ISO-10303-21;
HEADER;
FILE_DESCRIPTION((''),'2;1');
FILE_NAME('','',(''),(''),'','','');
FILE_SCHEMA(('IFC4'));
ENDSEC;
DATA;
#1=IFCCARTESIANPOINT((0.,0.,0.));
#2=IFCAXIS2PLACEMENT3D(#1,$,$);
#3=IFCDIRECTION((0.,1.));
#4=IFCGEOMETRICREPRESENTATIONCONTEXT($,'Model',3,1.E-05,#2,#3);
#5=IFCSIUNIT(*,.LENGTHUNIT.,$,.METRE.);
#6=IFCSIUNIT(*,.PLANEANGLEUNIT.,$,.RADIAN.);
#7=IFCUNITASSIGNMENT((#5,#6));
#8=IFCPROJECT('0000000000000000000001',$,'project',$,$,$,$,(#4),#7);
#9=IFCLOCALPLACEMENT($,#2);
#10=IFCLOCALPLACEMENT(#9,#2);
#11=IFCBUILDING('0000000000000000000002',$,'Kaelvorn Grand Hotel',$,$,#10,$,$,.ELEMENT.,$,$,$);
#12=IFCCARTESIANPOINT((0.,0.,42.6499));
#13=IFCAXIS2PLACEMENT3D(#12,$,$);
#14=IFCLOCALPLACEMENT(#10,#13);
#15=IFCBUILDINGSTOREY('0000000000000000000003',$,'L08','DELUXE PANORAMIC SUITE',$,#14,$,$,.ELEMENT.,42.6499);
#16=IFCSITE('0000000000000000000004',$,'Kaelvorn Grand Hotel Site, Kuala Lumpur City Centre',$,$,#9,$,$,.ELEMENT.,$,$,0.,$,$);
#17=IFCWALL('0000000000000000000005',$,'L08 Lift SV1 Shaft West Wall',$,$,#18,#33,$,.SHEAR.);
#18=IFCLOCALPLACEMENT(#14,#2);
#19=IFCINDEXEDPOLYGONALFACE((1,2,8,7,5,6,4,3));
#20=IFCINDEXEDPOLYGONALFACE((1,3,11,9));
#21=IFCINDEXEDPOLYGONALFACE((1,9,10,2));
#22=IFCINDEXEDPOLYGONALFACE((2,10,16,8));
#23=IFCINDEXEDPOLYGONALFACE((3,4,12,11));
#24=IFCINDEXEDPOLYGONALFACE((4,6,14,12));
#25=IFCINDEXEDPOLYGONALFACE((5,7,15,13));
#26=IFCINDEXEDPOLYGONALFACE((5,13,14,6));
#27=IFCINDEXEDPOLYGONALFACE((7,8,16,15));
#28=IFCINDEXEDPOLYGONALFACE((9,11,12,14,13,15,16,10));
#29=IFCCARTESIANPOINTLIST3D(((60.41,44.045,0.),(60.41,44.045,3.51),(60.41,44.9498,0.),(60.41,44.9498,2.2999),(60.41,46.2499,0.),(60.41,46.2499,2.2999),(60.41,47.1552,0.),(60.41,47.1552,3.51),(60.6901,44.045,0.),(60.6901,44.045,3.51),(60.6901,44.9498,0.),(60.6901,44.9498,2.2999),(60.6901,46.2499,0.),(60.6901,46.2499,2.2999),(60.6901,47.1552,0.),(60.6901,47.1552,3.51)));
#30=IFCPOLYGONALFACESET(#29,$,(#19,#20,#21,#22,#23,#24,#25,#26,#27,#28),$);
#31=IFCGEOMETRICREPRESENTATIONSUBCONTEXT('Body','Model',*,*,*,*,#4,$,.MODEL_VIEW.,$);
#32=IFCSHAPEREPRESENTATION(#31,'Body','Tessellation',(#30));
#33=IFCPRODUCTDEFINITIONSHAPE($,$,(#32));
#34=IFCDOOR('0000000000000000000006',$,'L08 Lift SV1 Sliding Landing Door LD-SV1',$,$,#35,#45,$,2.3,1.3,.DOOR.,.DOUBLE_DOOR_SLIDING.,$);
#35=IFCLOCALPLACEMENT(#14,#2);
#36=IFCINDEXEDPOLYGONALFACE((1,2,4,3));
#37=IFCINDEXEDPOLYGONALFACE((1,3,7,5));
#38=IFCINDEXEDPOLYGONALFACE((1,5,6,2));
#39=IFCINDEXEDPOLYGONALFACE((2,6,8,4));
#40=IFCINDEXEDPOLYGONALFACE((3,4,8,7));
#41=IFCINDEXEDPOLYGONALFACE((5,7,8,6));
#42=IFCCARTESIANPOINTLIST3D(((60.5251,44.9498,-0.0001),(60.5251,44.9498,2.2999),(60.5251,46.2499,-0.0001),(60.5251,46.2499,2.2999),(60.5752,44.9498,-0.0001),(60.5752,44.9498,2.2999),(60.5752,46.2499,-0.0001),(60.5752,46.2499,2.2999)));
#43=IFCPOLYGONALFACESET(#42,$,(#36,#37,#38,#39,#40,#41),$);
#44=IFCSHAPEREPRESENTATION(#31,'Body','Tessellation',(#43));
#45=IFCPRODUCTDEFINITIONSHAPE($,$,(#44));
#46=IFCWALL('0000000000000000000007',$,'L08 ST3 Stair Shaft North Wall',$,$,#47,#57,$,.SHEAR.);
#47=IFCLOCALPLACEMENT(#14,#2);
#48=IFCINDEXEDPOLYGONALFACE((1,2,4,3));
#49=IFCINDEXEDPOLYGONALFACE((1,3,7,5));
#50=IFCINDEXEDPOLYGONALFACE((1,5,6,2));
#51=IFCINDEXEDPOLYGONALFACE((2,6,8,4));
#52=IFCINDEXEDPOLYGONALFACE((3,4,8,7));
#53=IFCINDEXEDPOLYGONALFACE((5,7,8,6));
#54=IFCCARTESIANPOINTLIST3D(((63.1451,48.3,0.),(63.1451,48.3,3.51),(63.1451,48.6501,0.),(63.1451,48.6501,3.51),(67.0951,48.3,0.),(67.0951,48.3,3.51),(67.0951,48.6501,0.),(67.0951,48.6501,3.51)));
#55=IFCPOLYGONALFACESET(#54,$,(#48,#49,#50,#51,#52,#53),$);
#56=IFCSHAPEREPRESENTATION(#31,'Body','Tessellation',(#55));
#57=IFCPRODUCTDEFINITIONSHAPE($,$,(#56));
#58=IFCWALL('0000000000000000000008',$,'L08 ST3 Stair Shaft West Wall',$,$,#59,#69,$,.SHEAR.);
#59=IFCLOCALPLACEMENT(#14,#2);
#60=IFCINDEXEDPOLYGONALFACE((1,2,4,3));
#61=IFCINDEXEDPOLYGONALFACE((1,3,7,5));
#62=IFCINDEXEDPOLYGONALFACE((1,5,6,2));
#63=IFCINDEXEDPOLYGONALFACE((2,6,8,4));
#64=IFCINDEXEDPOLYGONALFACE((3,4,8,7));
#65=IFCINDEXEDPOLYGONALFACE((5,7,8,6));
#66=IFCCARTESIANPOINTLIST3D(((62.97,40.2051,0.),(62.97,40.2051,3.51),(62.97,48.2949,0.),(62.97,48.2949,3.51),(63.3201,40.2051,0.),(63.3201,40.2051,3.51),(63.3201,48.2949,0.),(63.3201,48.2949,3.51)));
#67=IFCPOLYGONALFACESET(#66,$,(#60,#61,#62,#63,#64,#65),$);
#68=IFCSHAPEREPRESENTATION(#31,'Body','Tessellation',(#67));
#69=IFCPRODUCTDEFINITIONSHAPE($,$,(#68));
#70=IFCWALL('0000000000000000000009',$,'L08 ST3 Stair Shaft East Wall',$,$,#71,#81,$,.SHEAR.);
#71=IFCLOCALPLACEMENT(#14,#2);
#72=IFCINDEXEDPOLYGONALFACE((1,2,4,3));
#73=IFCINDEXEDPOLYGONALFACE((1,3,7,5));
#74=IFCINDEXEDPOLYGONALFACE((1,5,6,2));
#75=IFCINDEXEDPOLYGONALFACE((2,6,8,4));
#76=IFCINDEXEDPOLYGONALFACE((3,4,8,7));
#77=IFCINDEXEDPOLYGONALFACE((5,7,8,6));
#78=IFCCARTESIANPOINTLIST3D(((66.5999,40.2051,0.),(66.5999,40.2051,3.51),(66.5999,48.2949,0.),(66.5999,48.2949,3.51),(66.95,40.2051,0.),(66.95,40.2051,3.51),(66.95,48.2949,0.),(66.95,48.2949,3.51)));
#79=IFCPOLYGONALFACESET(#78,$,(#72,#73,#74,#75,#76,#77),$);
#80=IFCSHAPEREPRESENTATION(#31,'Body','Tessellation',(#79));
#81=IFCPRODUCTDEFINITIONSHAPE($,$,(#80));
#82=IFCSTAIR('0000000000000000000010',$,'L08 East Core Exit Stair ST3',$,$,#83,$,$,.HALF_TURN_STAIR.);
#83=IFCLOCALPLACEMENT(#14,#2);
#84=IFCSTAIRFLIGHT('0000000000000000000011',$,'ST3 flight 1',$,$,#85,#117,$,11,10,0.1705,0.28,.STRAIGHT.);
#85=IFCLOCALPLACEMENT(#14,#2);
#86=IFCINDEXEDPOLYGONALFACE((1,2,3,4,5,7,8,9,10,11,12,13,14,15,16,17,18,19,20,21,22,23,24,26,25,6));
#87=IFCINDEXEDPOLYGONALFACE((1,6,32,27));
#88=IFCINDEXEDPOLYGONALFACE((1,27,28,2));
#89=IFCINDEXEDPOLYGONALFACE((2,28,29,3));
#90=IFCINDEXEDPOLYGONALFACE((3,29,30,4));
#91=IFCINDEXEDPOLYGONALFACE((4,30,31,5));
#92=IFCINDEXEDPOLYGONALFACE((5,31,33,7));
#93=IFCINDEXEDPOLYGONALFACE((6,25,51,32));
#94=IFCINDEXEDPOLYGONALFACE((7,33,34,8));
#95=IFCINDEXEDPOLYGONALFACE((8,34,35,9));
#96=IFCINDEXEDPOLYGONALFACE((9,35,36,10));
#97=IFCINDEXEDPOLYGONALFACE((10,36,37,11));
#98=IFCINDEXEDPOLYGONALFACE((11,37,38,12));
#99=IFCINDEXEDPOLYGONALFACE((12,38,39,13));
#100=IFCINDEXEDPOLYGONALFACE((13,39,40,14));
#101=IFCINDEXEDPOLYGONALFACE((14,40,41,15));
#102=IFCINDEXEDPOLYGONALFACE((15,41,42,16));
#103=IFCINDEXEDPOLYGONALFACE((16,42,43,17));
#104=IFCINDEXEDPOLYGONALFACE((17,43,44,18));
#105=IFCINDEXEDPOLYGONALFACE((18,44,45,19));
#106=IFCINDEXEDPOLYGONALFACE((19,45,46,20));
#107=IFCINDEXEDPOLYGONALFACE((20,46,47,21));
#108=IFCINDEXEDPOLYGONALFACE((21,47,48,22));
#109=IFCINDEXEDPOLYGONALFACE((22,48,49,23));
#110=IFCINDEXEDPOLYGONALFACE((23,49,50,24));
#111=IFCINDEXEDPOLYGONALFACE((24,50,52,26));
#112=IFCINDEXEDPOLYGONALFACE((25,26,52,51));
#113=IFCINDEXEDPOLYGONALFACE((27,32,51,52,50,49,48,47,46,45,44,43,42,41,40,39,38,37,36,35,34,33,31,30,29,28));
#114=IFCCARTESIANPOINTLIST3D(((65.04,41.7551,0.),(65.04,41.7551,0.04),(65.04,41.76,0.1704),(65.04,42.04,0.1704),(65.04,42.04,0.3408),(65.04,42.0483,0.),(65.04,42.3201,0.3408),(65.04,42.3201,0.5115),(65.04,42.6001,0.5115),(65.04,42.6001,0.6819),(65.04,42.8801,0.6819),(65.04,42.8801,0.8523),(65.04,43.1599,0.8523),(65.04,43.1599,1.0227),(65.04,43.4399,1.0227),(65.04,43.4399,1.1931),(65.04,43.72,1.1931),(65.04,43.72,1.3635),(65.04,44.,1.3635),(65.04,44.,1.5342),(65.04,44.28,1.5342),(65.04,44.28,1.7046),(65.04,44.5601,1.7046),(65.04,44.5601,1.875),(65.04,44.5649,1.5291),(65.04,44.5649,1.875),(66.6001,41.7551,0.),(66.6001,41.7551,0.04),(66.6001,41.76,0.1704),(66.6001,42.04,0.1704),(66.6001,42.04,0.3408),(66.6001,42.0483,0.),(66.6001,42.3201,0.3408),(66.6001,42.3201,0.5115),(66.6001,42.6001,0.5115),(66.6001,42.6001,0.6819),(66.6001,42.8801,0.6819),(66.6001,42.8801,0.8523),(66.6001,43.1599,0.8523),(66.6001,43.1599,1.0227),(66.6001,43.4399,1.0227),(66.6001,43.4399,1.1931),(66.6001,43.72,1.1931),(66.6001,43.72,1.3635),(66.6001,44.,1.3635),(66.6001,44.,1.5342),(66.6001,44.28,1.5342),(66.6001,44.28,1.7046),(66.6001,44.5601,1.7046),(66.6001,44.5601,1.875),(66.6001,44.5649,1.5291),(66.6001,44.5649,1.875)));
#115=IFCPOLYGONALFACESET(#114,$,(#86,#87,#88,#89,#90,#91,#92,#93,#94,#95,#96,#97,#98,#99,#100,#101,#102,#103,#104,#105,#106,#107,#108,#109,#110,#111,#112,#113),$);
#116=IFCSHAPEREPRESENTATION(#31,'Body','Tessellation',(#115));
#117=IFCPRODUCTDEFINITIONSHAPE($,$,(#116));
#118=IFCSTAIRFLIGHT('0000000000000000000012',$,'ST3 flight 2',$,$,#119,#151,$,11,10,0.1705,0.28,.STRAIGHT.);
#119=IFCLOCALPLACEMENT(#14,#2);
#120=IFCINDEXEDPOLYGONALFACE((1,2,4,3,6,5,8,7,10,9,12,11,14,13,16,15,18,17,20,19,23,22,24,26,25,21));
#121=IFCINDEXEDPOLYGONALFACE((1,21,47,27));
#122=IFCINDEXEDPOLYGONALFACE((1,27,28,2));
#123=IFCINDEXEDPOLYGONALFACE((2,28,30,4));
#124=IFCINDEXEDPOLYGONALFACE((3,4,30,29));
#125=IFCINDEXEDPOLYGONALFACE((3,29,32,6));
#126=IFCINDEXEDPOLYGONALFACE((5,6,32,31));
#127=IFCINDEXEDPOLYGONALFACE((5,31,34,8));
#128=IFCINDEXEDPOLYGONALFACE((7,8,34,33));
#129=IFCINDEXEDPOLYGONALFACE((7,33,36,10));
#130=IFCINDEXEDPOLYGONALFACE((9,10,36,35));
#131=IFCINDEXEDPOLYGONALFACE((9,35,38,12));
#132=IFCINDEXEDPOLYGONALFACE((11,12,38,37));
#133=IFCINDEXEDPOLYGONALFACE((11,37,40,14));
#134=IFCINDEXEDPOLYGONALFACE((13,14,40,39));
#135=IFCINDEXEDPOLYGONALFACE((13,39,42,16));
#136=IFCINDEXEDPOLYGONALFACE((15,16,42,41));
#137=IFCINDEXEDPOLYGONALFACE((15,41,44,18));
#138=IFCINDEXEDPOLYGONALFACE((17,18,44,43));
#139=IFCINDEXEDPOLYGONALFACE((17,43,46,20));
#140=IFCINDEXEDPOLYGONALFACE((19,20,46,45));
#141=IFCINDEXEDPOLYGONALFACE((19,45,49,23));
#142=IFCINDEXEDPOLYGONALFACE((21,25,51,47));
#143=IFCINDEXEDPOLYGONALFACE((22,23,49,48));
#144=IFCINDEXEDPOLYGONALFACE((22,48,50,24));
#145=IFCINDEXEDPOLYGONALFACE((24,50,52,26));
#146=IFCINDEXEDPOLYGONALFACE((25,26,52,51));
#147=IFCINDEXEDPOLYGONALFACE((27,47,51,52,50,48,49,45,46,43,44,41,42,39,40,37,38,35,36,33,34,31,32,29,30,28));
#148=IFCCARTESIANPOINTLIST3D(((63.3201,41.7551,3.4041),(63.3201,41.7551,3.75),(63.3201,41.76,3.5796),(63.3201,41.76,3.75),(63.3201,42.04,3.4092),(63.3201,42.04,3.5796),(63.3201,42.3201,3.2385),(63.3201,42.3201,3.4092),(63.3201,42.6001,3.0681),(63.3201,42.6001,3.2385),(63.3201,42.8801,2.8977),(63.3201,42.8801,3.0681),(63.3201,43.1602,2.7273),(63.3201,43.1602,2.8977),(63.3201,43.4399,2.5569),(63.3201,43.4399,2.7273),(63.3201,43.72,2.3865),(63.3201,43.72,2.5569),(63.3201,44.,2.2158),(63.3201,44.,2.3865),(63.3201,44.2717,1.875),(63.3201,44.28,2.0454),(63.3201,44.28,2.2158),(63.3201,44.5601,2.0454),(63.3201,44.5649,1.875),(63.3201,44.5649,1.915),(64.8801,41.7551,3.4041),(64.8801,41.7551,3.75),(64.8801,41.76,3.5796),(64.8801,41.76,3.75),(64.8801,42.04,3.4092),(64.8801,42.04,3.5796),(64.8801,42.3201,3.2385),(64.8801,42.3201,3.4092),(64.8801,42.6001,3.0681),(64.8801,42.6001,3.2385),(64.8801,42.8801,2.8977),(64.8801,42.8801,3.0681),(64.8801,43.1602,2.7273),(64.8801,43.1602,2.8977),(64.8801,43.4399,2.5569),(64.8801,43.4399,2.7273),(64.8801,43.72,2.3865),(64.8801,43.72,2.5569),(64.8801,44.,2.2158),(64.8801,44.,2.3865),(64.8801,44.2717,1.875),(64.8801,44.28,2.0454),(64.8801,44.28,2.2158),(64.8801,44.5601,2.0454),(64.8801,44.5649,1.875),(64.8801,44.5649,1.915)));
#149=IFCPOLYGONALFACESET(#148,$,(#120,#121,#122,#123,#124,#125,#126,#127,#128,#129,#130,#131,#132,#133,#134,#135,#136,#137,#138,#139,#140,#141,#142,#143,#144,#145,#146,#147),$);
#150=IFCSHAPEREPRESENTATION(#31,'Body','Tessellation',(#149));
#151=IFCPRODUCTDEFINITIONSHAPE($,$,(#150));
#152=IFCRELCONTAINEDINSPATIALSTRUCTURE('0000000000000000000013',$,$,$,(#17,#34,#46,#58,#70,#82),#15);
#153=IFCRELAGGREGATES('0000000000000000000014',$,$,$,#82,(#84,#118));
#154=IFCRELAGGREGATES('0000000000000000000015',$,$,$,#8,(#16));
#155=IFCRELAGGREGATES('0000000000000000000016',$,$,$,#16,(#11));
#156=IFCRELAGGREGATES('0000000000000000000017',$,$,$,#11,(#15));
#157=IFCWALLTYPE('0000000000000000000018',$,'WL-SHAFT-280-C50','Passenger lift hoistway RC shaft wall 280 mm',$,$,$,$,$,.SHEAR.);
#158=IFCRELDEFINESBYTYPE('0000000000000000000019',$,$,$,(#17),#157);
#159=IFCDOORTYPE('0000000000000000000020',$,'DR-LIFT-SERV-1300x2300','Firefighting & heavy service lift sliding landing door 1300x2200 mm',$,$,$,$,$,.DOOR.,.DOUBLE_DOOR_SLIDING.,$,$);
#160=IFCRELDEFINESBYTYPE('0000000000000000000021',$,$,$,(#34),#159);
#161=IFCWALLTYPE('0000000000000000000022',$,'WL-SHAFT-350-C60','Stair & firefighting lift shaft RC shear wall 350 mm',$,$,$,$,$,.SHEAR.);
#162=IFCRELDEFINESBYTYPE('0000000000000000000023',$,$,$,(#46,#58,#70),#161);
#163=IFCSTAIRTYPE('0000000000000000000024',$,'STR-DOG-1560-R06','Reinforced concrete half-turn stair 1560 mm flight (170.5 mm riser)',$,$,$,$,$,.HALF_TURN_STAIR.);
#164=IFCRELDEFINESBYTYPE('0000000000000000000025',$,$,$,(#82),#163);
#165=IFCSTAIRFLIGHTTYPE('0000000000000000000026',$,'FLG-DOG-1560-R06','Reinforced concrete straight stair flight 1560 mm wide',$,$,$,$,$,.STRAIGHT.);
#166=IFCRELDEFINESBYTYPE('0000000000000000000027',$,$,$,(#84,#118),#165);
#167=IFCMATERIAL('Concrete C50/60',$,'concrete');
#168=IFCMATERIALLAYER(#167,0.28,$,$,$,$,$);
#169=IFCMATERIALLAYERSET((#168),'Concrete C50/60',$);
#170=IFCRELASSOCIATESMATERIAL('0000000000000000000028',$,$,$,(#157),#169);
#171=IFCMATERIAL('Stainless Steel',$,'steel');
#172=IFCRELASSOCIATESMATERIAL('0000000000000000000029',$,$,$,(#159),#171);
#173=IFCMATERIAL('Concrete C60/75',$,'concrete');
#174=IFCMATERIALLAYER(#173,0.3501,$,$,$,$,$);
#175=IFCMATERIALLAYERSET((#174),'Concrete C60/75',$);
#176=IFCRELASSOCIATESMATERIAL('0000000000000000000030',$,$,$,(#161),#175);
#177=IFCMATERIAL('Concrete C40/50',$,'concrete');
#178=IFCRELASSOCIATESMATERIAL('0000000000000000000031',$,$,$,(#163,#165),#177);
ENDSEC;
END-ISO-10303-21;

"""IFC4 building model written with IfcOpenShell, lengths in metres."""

from ifc_helpers import new_model, si_unit, direction, frame, frame_2d, origin, place, context, subcontext, project, spatial, polyline, rectangle, outline, extrude, material, layer, layer_set, type_object, element, fill, aggregate, save


model = new_model("IFC4")

# Units and contexts
model_context = context("Model", 3, precision=1e-05, world=origin(), true_north=direction((0.0, 1.0)))
body_context = subcontext(model_context, "Body", "Model", "MODEL_VIEW")
ifc_project = project(units=[si_unit("LENGTHUNIT", "METRE"), si_unit("PLANEANGLEUNIT", "RADIAN")], contexts=[model_context])

# Site, building, storey
site_placement = place(None, origin())
site = spatial("IfcSite", under=ifc_project, at=site_placement, Name="Kaelvorn Grand Hotel Site, Kuala Lumpur City Centre", CompositionType="ELEMENT", RefElevation=0.0)
building_placement = place(site_placement, origin())
building = spatial("IfcBuilding", under=site, at=building_placement, Name="Kaelvorn Grand Hotel", CompositionType="ELEMENT")
storey_placement = place(building_placement, frame((0.0, 0.0, 42.6499)))
storey = spatial("IfcBuildingStorey", under=building, at=storey_placement, Name="L08", Description="DELUXE PANORAMIC SUITE", CompositionType="ELEMENT", Elevation=42.6499)

# Shared definitions
ifc_material_1 = material(Name="Concrete C60/75", Category="concrete")

# Shared definitions
ifc_material_2 = material(Name="Concrete C40/50", Category="concrete")
ifc_material_3 = material(Name="Concrete C50/60", Category="concrete")
ifc_layer_1 = layer(ifc_material_3, 0.28)
ifc_layer_set_1 = layer_set([ifc_layer_1], Name="Concrete C50/60")
wall_type_1 = type_object("IfcWallType", Name="WL-SHAFT-280-C50", Description="Passenger lift hoistway RC shaft wall 280 mm", PredefinedType="SHEAR", material=ifc_layer_set_1)

# Wall, opening, door
wall_1_placement = place(storey_placement, frame((60.55, 44.0449, 0.0), z_axis=(0.0, 0.0, 1.0), x_axis=(0.0, 1.0, 0.0)))
wall_1 = element("IfcWall", 1, at=wall_1_placement, inside=storey, type_object=wall_type_1, Name="L08 Lift SV1 Shaft West Wall", PredefinedType="SHEAR", context=body_context, shape_type="SweptSolid", body=[
    extrude(rectangle(XDim=3.1101, YDim=0.28, at=frame_2d((1.5552, 0.0))), origin(), (0.0, 0.0, 1.0), 3.51),
])
opening_1_placement = place(wall_1_placement, frame((0.905, 0.0, 0.0)))
opening_1 = element("IfcOpeningElement", 2, at=opening_1_placement, cuts=wall_1, PredefinedType="OPENING", context=body_context, shape_type="SweptSolid", body=[
    extrude(rectangle(XDim=1.3, YDim=2.3, at=frame_2d((0.6499, 1.1499))), frame((0.0, 0.1499, 0.0), z_axis=(0.0, -1.0, 0.0), x_axis=(1.0, 0.0, 0.0)), (0.0, 0.0, 1.0), 0.3),
])
ifc_material_4 = material(Name="Stainless Steel", Category="steel")
door_type_1 = type_object("IfcDoorType", Name="DR-LIFT-SERV-1300x2300", Description="Firefighting & heavy service lift sliding landing door 1300x2200 mm", OperationType="DOUBLE_DOOR_SLIDING", PredefinedType="DOOR", material=ifc_material_4)
door_1_placement = place(opening_1_placement, origin())
door_1 = element("IfcDoor", 3, at=door_1_placement, inside=storey, type_object=door_type_1, Name="L08 Lift SV1 Sliding Landing Door LD-SV1", OperationType="DOUBLE_DOOR_SLIDING", OverallHeight=2.3, OverallWidth=1.3, PredefinedType="DOOR", context=body_context, shape_type="SweptSolid", body=[
    extrude(rectangle(XDim=1.3, YDim=2.3, at=frame_2d((0.6499, 1.1499))), frame((0.0, 0.0249, 0.0), z_axis=(0.0, -1.0, 0.0), x_axis=(1.0, 0.0, 0.0)), (0.0, 0.0, 1.0), 0.05),
])
fill(opening_1, door_1)
ifc_layer_2 = layer(ifc_material_1, 0.3501)
ifc_layer_set_2 = layer_set([ifc_layer_2], Name="Concrete C60/75")
wall_type_2 = type_object("IfcWallType", Name="WL-SHAFT-350-C60", Description="Stair & firefighting lift shaft RC shear wall 350 mm", PredefinedType="SHEAR", material=ifc_layer_set_2)

# Walls
wall_2_placement = place(storey_placement, frame((63.145, 48.4751, 0.0), z_axis=(0.0, 0.0, 1.0), x_axis=(1.0, 0.0, 0.0)))
element("IfcWall", 4, at=wall_2_placement, inside=storey, type_object=wall_type_2, Name="L08 ST3 Stair Shaft North Wall", PredefinedType="SHEAR", context=body_context, shape_type="SweptSolid", body=[
    extrude(rectangle(XDim=3.95, YDim=0.3501, at=frame_2d((1.9751, 0.0))), origin(), (0.0, 0.0, 1.0), 3.51),
])
for number, where, z_axis, x_axis, name in (
    (5, (63.145, 40.2051, 0.0), (0.0, 0.0, 1.0), (0.0, 1.0, 0.0), "L08 ST3 Stair Shaft West Wall"),
    (6, (66.7749, 40.2051, 0.0), (0.0, 0.0, 1.0), (0.0, 1.0, 0.0), "L08 ST3 Stair Shaft East Wall"),
):
    element("IfcWall", number, at=place(storey_placement, frame(where, z_axis=z_axis, x_axis=x_axis)), inside=storey, type_object=wall_type_2, Name=name, PredefinedType="SHEAR", context=body_context, shape_type="SweptSolid", body=[
        extrude(rectangle(XDim=8.0898, YDim=0.3501, at=frame_2d((4.0449, 0.0))), origin(), (0.0, 0.0, 1.0), 3.51),
    ])

# Stair, stair flights
stair_type = type_object("IfcStairType", Name="STR-DOG-1560-R06", Description="Reinforced concrete half-turn stair 1560 mm flight (170.5 mm riser)", PredefinedType="HALF_TURN_STAIR", material=ifc_material_2)
stair_placement = place(storey_placement, origin())
stair = element("IfcStair", 7, at=stair_placement, inside=storey, type_object=stair_type, Name="L08 East Core Exit Stair ST3", PredefinedType="HALF_TURN_STAIR")
stair_flight_type = type_object("IfcStairFlightType", Name="FLG-DOG-1560-R06", Description="Reinforced concrete straight stair flight 1560 mm wide", PredefinedType="STRAIGHT", material=ifc_material_2)
stair_flight_1_placement = place(storey_placement, frame((65.8201, 41.76, 0.0), z_axis=(0.0, 0.0, 1.0), x_axis=(0.0, 1.0, 0.0)))
stair_flight_1 = element("IfcStairFlight", 8, at=stair_flight_1_placement, type_object=stair_flight_type, Name="ST3 flight 1", NumberOfRisers=11, NumberOfTreads=10, PredefinedType="STRAIGHT", RiserHeight=0.1705, TreadLength=0.28, context=body_context, shape_type="SweptSolid", body=[
    extrude(outline(polyline([(-0.0049, 0.0), (-0.0049, 0.04), (0.0, 0.1704), (0.28, 0.1704), (0.28, 0.3408), (0.5601, 0.3408), (0.5601, 0.5115), (0.8401, 0.5115), (0.8401, 0.6819), (1.1201, 0.6819), (1.1201, 0.8523), (1.3999, 0.8523), (1.3999, 1.0227), (1.6799, 1.0227), (1.6799, 1.1931), (1.96, 1.1931), (1.96, 1.3635), (2.24, 1.3635), (2.24, 1.5342), (2.52, 1.5342), (2.52, 1.7046), (2.8, 1.7046), (2.8, 1.875), (2.8049, 1.875), (2.8049, 1.5291), (0.2883, 0.0), (-0.0049, 0.0)])), frame((0.0, 0.78, 0.0), z_axis=(0.0, -1.0, 0.0), x_axis=(1.0, 0.0, 0.0)), (0.0, 0.0, 1.0), 1.5601),
])
stair_flight_2_placement = place(storey_placement, frame((64.1001, 44.5601, 1.875), z_axis=(0.0, 0.0, 1.0), x_axis=(0.0, -1.0, 0.0)))
stair_flight_2 = element("IfcStairFlight", 9, at=stair_flight_2_placement, type_object=stair_flight_type, Name="ST3 flight 2", NumberOfRisers=11, NumberOfTreads=10, PredefinedType="STRAIGHT", RiserHeight=0.1705, TreadLength=0.28, context=body_context, shape_type="SweptSolid", body=[
    extrude(outline(polyline([(-0.0049, 0.0), (-0.0049, 0.04), (0.0, 0.1704), (0.28, 0.1704), (0.28, 0.3408), (0.5601, 0.3408), (0.5601, 0.5115), (0.8401, 0.5115), (0.8401, 0.6819), (1.1201, 0.6819), (1.1201, 0.8523), (1.3999, 0.8523), (1.3999, 1.0227), (1.6799, 1.0227), (1.6799, 1.1931), (1.96, 1.1931), (1.96, 1.3635), (2.24, 1.3635), (2.24, 1.5342), (2.52, 1.5342), (2.52, 1.7046), (2.8, 1.7046), (2.8, 1.875), (2.8049, 1.875), (2.8049, 1.5291), (0.2883, 0.0), (-0.0049, 0.0)])), frame((0.0, 0.78, 0.0), z_axis=(0.0, -1.0, 0.0), x_axis=(1.0, 0.0, 0.0)), (0.0, 0.0, 1.0), 1.5601),
])
aggregate(stair, [stair_flight_1, stair_flight_2])

save(model, "model.ifc")
